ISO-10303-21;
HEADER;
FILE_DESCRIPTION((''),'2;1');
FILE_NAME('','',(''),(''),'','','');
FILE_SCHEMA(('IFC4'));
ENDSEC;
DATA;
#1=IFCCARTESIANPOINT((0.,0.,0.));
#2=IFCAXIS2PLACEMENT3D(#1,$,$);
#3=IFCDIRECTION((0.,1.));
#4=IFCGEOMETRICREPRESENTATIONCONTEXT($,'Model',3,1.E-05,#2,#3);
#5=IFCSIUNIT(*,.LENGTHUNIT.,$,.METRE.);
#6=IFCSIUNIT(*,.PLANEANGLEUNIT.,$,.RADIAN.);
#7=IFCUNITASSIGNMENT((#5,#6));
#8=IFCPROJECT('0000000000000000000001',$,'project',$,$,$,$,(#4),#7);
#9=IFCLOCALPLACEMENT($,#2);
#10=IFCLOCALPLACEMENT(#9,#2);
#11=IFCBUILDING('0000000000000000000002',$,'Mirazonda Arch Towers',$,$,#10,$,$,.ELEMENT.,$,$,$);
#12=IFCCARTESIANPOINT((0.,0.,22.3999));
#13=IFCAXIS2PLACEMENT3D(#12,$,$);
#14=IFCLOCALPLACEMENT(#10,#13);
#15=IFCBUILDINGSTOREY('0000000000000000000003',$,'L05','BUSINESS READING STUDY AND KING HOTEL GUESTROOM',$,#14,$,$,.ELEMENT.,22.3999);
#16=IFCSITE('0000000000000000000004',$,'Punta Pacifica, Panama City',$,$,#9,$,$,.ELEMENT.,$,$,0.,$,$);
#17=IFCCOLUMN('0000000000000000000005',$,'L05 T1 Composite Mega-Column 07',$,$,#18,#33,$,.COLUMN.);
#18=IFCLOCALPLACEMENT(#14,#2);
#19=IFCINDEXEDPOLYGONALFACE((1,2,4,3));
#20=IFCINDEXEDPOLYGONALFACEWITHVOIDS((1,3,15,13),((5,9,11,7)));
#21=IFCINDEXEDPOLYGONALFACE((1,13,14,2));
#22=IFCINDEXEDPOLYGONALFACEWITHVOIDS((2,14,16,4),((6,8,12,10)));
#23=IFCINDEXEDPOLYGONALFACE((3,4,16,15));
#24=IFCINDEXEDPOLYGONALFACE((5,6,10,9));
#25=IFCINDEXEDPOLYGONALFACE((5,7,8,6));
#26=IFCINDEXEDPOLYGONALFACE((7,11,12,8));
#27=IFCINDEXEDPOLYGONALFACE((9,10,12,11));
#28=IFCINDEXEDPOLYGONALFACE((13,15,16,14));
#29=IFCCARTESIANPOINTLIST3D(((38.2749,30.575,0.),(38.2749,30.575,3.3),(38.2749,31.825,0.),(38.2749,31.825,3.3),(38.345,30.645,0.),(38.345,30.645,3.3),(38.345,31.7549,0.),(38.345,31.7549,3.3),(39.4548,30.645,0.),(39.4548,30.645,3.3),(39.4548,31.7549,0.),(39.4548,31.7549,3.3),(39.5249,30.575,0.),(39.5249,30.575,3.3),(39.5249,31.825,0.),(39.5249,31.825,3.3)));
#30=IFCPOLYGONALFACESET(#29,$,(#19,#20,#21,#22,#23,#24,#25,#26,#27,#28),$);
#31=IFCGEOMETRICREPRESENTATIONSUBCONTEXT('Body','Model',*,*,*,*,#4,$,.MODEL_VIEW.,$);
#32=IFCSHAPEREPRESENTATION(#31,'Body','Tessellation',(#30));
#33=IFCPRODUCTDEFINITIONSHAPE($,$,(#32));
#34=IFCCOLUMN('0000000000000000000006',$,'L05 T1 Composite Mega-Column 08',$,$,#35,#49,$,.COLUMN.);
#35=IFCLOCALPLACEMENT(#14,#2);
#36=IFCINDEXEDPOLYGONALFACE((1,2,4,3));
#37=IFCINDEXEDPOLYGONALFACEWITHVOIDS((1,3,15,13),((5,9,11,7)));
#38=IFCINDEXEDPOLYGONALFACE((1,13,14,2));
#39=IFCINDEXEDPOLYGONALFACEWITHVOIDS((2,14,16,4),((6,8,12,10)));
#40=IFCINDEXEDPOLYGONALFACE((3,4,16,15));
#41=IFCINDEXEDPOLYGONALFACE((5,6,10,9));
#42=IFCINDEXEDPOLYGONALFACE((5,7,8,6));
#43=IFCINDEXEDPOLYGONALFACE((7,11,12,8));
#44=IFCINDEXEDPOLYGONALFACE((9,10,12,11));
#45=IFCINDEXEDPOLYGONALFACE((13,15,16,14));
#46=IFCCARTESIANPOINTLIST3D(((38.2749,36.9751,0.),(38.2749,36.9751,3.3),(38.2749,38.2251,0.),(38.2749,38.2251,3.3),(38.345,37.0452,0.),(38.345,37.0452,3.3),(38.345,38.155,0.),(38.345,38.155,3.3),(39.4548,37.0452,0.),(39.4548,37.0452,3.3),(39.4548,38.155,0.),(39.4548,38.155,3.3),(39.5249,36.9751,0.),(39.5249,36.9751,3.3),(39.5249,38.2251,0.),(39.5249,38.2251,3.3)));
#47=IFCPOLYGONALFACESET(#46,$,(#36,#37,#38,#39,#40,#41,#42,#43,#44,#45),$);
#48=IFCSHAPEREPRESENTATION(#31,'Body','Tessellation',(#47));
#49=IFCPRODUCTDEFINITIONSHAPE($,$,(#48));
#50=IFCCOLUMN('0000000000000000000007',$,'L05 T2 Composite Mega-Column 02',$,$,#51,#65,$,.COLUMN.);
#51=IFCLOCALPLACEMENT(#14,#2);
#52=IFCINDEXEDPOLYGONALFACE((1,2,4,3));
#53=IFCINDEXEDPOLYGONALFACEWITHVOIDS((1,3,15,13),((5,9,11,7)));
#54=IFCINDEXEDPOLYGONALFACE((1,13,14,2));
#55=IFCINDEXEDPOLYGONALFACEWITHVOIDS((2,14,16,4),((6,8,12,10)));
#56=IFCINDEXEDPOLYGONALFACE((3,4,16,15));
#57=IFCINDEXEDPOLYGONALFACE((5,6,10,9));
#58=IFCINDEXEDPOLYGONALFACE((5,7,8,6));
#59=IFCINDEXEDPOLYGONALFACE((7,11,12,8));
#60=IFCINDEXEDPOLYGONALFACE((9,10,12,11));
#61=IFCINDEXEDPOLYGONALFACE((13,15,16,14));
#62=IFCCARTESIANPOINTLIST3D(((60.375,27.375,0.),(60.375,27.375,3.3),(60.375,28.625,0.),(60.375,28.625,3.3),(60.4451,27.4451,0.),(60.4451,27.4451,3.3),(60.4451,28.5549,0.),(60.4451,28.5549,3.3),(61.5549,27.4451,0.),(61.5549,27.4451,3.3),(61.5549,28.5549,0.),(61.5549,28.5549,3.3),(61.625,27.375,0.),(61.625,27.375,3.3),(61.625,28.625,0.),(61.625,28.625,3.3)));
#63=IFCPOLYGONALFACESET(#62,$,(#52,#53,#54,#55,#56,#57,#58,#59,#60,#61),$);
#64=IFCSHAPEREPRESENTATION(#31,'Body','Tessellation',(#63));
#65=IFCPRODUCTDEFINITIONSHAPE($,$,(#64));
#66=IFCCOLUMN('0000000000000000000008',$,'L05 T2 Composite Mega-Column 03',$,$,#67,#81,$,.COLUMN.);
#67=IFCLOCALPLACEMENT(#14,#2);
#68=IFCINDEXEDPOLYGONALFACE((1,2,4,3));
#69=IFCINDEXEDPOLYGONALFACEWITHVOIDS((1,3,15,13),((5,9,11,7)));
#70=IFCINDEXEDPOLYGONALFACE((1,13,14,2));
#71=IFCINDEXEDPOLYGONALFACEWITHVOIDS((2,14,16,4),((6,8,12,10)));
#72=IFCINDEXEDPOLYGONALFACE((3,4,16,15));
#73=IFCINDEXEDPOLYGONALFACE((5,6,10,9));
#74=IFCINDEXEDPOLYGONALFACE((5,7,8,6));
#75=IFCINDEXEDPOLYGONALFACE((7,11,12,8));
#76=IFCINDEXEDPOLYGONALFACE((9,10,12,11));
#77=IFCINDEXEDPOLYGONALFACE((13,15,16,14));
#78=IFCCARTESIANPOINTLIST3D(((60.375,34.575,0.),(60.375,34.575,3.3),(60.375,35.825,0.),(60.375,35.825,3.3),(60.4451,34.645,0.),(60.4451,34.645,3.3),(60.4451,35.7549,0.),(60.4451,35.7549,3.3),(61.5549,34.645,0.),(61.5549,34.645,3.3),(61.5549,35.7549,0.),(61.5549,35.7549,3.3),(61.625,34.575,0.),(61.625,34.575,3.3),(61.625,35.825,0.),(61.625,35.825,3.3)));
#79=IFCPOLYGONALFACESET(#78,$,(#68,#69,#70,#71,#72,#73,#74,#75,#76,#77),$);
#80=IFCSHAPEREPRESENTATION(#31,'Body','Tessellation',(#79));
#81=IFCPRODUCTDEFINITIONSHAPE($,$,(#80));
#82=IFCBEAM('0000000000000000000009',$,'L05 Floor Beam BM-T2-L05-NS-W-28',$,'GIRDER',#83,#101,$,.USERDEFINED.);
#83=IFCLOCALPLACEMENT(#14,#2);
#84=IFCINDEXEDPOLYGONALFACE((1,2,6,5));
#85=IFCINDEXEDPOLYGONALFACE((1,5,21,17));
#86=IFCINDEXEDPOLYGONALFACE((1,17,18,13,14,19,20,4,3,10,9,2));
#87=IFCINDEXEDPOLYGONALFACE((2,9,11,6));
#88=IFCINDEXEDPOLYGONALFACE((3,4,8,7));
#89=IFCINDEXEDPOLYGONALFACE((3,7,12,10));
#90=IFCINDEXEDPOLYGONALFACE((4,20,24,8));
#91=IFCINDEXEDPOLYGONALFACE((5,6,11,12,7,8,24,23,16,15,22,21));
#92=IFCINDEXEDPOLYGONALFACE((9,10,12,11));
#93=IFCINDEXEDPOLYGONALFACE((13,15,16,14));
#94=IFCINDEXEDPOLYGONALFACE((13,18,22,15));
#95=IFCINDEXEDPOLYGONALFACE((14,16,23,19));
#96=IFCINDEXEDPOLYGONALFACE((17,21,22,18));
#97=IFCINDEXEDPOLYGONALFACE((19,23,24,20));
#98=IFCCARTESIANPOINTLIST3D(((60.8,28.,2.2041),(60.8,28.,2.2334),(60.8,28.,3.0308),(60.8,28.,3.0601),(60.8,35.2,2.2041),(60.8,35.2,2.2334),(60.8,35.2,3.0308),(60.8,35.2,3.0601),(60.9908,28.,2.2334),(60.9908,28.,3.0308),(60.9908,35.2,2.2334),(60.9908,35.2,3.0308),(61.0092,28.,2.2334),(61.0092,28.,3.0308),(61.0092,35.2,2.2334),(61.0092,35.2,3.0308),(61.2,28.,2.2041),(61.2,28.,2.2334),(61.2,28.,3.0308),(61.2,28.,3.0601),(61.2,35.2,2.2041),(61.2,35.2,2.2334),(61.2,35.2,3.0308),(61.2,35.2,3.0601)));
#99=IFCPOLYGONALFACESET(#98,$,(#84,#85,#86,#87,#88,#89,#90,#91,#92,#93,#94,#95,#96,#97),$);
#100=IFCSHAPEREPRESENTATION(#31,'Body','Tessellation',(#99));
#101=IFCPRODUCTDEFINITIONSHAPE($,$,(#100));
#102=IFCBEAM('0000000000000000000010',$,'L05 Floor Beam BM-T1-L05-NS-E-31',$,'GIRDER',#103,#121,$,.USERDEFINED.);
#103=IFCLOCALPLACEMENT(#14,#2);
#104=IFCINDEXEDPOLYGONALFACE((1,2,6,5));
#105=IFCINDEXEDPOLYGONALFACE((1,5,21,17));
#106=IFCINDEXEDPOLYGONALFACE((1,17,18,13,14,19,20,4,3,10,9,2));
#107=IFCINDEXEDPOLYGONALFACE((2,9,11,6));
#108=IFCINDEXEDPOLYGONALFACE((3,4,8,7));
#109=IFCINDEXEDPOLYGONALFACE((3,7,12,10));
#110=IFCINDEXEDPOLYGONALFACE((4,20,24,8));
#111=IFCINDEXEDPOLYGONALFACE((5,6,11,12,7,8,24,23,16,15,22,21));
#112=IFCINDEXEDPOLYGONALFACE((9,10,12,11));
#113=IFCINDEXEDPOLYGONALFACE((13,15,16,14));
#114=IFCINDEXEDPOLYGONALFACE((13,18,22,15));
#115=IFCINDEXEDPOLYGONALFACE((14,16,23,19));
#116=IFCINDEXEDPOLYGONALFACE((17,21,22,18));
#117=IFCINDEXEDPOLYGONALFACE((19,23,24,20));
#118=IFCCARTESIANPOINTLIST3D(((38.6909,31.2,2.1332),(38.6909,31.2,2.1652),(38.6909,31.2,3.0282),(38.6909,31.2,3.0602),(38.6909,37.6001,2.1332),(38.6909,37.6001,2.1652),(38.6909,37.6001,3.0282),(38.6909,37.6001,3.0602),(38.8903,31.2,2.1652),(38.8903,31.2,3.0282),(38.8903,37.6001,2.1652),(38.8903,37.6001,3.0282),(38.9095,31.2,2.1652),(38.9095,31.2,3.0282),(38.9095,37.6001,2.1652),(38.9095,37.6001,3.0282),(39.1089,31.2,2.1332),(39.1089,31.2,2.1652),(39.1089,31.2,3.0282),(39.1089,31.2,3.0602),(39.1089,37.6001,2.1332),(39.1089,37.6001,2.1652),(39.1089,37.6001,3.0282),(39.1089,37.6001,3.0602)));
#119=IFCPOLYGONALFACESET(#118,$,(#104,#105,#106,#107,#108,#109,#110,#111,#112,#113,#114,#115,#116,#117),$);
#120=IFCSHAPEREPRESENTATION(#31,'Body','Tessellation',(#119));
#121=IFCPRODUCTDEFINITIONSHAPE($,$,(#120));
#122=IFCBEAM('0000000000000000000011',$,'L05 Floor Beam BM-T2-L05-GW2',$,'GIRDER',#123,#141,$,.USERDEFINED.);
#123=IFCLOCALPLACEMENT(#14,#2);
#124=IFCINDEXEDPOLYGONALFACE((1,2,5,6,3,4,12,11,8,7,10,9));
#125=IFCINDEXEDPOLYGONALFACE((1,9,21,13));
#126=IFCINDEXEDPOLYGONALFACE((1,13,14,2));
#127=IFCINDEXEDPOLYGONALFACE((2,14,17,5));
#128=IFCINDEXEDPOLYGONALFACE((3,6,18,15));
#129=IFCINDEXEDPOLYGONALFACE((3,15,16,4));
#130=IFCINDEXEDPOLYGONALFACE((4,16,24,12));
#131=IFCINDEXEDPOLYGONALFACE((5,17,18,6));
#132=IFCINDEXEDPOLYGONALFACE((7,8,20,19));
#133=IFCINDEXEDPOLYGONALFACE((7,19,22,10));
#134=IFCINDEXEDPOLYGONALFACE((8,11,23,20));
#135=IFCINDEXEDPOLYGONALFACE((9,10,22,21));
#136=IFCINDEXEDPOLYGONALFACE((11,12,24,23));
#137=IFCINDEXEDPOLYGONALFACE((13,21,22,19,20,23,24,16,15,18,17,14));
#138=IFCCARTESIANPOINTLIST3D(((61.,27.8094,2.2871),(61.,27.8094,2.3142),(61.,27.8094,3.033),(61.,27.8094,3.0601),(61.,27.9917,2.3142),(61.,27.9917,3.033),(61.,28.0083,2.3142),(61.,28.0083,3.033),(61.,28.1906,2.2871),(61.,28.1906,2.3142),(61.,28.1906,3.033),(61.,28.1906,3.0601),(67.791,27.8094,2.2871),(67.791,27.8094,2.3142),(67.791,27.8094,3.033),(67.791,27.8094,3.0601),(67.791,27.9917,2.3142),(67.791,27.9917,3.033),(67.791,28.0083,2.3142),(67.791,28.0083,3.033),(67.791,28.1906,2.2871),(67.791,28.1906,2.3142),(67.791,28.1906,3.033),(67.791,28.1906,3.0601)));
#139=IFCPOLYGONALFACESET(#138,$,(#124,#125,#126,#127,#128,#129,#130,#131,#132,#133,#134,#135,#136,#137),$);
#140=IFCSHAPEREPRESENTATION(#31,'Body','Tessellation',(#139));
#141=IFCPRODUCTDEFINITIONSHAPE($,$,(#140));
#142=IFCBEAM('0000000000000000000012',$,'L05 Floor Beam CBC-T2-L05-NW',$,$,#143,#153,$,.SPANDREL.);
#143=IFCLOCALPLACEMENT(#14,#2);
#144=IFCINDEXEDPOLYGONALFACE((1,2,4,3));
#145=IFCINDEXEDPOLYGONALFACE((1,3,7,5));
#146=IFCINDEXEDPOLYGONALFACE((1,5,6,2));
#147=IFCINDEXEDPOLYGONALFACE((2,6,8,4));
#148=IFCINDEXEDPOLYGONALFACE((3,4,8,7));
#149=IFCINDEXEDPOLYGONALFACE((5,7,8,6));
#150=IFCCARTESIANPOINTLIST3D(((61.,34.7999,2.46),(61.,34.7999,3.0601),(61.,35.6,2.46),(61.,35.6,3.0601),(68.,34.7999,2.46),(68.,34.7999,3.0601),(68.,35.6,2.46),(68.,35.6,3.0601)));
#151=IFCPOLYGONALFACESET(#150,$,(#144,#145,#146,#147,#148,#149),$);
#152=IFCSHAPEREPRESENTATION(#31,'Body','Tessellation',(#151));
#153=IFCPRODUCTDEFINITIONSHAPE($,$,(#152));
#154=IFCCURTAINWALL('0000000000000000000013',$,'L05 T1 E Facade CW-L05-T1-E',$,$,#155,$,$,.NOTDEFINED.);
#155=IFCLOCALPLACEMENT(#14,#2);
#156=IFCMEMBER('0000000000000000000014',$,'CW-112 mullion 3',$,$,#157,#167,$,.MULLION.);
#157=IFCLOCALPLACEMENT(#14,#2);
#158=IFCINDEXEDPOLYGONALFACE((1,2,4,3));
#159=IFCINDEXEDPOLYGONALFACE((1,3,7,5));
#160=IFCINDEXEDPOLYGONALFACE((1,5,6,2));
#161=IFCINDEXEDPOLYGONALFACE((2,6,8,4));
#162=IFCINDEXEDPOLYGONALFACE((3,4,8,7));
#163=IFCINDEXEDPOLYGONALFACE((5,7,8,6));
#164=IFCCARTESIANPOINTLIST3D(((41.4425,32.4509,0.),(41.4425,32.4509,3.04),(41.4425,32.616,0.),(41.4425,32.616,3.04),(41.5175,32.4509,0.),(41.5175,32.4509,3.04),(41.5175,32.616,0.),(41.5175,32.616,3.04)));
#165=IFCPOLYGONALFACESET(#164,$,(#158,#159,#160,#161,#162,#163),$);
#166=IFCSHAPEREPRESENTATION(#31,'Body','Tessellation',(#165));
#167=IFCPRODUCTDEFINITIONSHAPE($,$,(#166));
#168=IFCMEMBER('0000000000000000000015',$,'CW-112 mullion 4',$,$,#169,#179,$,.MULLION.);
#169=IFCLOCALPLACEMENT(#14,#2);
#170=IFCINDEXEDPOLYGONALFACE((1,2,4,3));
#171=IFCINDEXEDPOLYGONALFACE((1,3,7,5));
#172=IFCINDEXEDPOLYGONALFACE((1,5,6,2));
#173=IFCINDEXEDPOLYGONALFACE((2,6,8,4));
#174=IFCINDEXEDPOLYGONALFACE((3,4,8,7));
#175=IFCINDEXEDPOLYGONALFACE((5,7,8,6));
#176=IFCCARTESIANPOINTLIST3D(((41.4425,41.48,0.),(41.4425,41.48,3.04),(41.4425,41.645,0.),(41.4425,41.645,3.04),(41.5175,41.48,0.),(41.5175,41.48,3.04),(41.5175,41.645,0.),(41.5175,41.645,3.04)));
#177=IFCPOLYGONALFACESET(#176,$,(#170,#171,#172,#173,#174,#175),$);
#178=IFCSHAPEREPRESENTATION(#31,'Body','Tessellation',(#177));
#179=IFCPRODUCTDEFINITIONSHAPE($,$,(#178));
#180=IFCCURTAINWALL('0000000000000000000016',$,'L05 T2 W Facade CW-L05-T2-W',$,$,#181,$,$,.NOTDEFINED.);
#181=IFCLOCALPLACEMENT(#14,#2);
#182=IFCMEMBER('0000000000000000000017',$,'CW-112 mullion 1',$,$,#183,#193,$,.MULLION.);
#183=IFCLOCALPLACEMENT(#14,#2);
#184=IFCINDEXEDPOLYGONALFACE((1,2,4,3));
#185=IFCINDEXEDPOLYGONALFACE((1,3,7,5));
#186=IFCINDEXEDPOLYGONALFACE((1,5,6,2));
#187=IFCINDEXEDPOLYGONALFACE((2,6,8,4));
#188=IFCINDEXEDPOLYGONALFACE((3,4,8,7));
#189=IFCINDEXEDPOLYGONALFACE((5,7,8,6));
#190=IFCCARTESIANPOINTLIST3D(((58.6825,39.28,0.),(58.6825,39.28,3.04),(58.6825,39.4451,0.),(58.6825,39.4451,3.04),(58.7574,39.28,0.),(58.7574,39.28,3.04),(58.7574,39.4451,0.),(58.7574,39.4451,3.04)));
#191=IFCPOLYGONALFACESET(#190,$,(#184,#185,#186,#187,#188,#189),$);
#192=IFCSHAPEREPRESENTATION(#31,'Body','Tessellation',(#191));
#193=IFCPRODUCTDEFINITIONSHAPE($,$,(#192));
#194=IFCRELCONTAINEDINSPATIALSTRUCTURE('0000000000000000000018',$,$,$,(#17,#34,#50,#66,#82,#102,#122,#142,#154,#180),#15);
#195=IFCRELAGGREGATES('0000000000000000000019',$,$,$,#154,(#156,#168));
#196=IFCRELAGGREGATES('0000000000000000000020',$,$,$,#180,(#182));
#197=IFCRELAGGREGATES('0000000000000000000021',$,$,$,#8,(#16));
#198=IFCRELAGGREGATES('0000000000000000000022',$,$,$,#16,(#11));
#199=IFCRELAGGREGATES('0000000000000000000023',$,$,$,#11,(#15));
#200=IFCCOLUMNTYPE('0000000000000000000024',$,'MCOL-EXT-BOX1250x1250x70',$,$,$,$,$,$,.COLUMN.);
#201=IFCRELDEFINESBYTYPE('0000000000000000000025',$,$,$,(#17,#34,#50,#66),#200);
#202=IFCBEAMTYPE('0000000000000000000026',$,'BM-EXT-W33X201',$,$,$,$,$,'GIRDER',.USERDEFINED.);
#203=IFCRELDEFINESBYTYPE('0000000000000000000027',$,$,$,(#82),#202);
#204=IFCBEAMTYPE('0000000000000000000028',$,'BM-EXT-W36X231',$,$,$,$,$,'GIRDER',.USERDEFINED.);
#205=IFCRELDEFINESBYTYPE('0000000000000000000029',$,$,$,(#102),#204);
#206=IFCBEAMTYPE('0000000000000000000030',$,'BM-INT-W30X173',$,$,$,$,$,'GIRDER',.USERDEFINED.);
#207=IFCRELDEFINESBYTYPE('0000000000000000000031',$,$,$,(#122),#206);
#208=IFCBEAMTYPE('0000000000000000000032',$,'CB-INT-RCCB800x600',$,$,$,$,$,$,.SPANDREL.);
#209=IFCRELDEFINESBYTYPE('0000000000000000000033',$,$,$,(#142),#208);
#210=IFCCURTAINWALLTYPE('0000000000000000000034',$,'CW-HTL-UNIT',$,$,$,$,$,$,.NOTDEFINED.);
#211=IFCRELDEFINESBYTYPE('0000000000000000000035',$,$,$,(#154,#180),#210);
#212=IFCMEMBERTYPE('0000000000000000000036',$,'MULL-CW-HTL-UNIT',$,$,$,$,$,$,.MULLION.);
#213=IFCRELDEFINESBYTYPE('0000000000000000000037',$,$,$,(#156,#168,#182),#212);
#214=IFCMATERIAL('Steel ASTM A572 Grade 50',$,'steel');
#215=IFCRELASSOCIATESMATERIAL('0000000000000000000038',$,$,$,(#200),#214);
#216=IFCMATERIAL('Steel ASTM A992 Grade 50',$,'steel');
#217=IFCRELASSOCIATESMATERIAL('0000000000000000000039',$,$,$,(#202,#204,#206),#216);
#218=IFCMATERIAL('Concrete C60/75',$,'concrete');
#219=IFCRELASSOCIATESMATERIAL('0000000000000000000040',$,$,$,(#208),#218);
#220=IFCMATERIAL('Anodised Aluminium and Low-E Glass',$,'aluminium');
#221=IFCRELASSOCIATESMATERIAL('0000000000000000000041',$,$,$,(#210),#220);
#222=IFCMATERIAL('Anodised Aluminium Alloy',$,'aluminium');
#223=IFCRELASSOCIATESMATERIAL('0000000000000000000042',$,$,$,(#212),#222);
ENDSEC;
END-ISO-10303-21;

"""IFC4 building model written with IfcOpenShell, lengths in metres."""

from ifc_helpers import new_model, si_unit, direction, frame, origin, origin_2d, place, context, subcontext, project, spatial, rectangle, hollow_rectangle, i_section, extrude, material, material_profile, profile_set, type_object, element, aggregate, save


model = new_model("IFC4")

# Units and contexts
model_context = context("Model", 3, precision=1e-05, world=origin(), true_north=direction((0.0, 1.0)))
body_context = subcontext(model_context, "Body", "Model", "MODEL_VIEW")
ifc_project = project(units=[si_unit("LENGTHUNIT", "METRE"), si_unit("PLANEANGLEUNIT", "RADIAN")], contexts=[model_context])

# Site, building, storey
site_placement = place(None, origin())
site = spatial("IfcSite", under=ifc_project, at=site_placement, Name="Punta Pacifica, Panama City", CompositionType="ELEMENT", RefElevation=0.0)
building_placement = place(site_placement, origin())
building = spatial("IfcBuilding", under=site, at=building_placement, Name="Mirazonda Arch Towers", CompositionType="ELEMENT")
storey_placement = place(building_placement, frame((0.0, 0.0, 22.3999)))
storey = spatial("IfcBuildingStorey", under=building, at=storey_placement, Name="L05", Description="BUSINESS READING STUDY AND KING HOTEL GUESTROOM", CompositionType="ELEMENT", Elevation=22.3999)

# Columns
ifc_material_1 = material(Name="Steel ASTM A572 Grade 50", Category="steel")
ifc_material_profile_1 = material_profile(ifc_material_1, hollow_rectangle(XDim=1.25, YDim=1.25, WallThickness=0.0701, at=origin_2d()), Name="BOX1250x1250x70")
ifc_profile_set_1 = profile_set([ifc_material_profile_1], Name="Steel ASTM A572 Grade 50")
column_type = type_object("IfcColumnType", Name="MCOL-EXT-BOX1250x1250x70", PredefinedType="COLUMN", material=ifc_profile_set_1)
for number, where, z_axis, x_axis, name in (
    (1, (38.8999, 31.2, 0.0), (0.0, 0.0, 1.0), (1.0, 0.0, 0.0), "L05 T1 Composite Mega-Column 07"),
    (2, (38.8999, 37.6001, 0.0), (0.0, 0.0, 1.0), (1.0, 0.0, 0.0), "L05 T1 Composite Mega-Column 08"),
    (3, (61.0, 28.0, 0.0), (0.0, 0.0, 1.0), (1.0, 0.0, 0.0), "L05 T2 Composite Mega-Column 02"),
    (4, (61.0, 35.2, 0.0), (0.0, 0.0, 1.0), (1.0, 0.0, 0.0), "L05 T2 Composite Mega-Column 03"),
):
    element("IfcColumn", number, at=place(storey_placement, frame(where, z_axis=z_axis, x_axis=x_axis)), inside=storey, type_object=column_type, Name=name, PredefinedType="COLUMN", context=body_context, shape_type="SweptSolid", body=[
        extrude(hollow_rectangle(XDim=1.25, YDim=1.25, WallThickness=0.0701, at=origin_2d()), origin(), (0.0, 0.0, 1.0), 3.3),
    ])

# Beams
ifc_material_2 = material(Name="Steel ASTM A992 Grade 50", Category="steel")
ifc_material_profile_2 = material_profile(ifc_material_2, i_section(OverallWidth=0.3999, OverallDepth=0.856, WebThickness=0.0183, FlangeThickness=0.0293, at=origin_2d()), Name="W33X201")
ifc_profile_set_2 = profile_set([ifc_material_profile_2], Name="Steel ASTM A992 Grade 50")
beam_type_1 = type_object("IfcBeamType", Name="BM-EXT-W33X201", ElementType="GIRDER", PredefinedType="USERDEFINED", material=ifc_profile_set_2)
beam_1_placement = place(storey_placement, frame((61.0, 28.0, 2.6321), z_axis=(0.0, 1.0, 0.0), x_axis=(-1.0, 0.0, 0.0)))
element("IfcBeam", 5, at=beam_1_placement, inside=storey, type_object=beam_type_1, Name="L05 Floor Beam BM-T2-L05-NS-W-28", ObjectType="GIRDER", PredefinedType="USERDEFINED", context=body_context, shape_type="SweptSolid", body=[
    extrude(i_section(OverallWidth=0.3999, OverallDepth=0.856, WebThickness=0.0183, FlangeThickness=0.0293, at=origin_2d()), origin(), (0.0, 0.0, 1.0), 7.2),
])
ifc_material_profile_3 = material_profile(ifc_material_2, i_section(OverallWidth=0.418, OverallDepth=0.927, WebThickness=0.0193, FlangeThickness=0.032, at=origin_2d()), Name="W36X231")
ifc_profile_set_3 = profile_set([ifc_material_profile_3], Name="Steel ASTM A992 Grade 50")
beam_type_2 = type_object("IfcBeamType", Name="BM-EXT-W36X231", ElementType="GIRDER", PredefinedType="USERDEFINED", material=ifc_profile_set_3)
beam_2_placement = place(storey_placement, frame((38.8999, 31.2, 2.5967), z_axis=(0.0, 1.0, 0.0), x_axis=(-1.0, 0.0, 0.0)))
element("IfcBeam", 6, at=beam_2_placement, inside=storey, type_object=beam_type_2, Name="L05 Floor Beam BM-T1-L05-NS-E-31", ObjectType="GIRDER", PredefinedType="USERDEFINED", context=body_context, shape_type="SweptSolid", body=[
    extrude(i_section(OverallWidth=0.418, OverallDepth=0.927, WebThickness=0.0193, FlangeThickness=0.032, at=origin_2d()), origin(), (0.0, 0.0, 1.0), 6.4001),
])
ifc_material_profile_4 = material_profile(ifc_material_2, i_section(OverallWidth=0.3811, OverallDepth=0.7729, WebThickness=0.0166, FlangeThickness=0.0271, at=origin_2d()), Name="W30X173")
ifc_profile_set_4 = profile_set([ifc_material_profile_4], Name="Steel ASTM A992 Grade 50")
beam_type_3 = type_object("IfcBeamType", Name="BM-INT-W30X173", ElementType="GIRDER", PredefinedType="USERDEFINED", material=ifc_profile_set_4)
beam_3_placement = place(storey_placement, frame((61.0, 28.0, 2.6736), z_axis=(1.0, 0.0, 0.0), x_axis=(0.0, 1.0, 0.0)))
element("IfcBeam", 7, at=beam_3_placement, inside=storey, type_object=beam_type_3, Name="L05 Floor Beam BM-T2-L05-GW2", ObjectType="GIRDER", PredefinedType="USERDEFINED", context=body_context, shape_type="SweptSolid", body=[
    extrude(i_section(OverallWidth=0.3811, OverallDepth=0.7729, WebThickness=0.0166, FlangeThickness=0.0271, at=origin_2d()), origin(), (0.0, 0.0, 1.0), 6.791),
])
ifc_material_3 = material(Name="Concrete C60/75", Category="concrete")
ifc_material_profile_5 = material_profile(ifc_material_3, rectangle(XDim=0.8, YDim=0.6001, at=origin_2d()), Name="RCCB800x600")
ifc_profile_set_5 = profile_set([ifc_material_profile_5], Name="Concrete C60/75")
beam_type_4 = type_object("IfcBeamType", Name="CB-INT-RCCB800x600", PredefinedType="SPANDREL", material=ifc_profile_set_5)
beam_4_placement = place(storey_placement, frame((61.0, 35.2, 2.76), z_axis=(1.0, 0.0, 0.0), x_axis=(0.0, 1.0, 0.0)))
element("IfcBeam", 8, at=beam_4_placement, inside=storey, type_object=beam_type_4, Name="L05 Floor Beam CBC-T2-L05-NW", PredefinedType="SPANDREL", context=body_context, shape_type="SweptSolid", body=[
    extrude(rectangle(XDim=0.8, YDim=0.6001, at=origin_2d()), origin(), (0.0, 0.0, 1.0), 7.0),
])

# Curtain walls, members
ifc_material_4 = material(Name="Anodised Aluminium and Low-E Glass", Category="aluminium")
curtain_wall_type = type_object("IfcCurtainWallType", Name="CW-HTL-UNIT", PredefinedType="NOTDEFINED", material=ifc_material_4)
curtain_wall_1_placement = place(storey_placement, origin())
curtain_wall_1 = element("IfcCurtainWall", 9, at=curtain_wall_1_placement, inside=storey, type_object=curtain_wall_type, Name="L05 T1 E Facade CW-L05-T1-E", PredefinedType="NOTDEFINED")
ifc_material_5 = material(Name="Anodised Aluminium Alloy", Category="aluminium")
ifc_material_profile_6 = material_profile(ifc_material_5, rectangle(XDim=0.075, YDim=0.165, at=origin_2d()), Name="ALU-MULL-75x165")
ifc_profile_set_6 = profile_set([ifc_material_profile_6], Name="Anodised Aluminium Alloy")
member_type_1 = type_object("IfcMemberType", Name="MULL-CW-HTL-UNIT", PredefinedType="MULLION", material=ifc_profile_set_6)
member_1_placement = place(storey_placement, frame((41.48, 32.5334, 0.0), z_axis=(0.0, 0.0, 1.0), x_axis=(-1.0, 0.0, 0.0)))
member_1 = element("IfcMember", 10, at=member_1_placement, type_object=member_type_1, Name="CW-112 mullion 3", PredefinedType="MULLION", context=body_context, shape_type="SweptSolid", body=[
    extrude(rectangle(XDim=0.075, YDim=0.165, at=origin_2d()), origin(), (0.0, 0.0, 1.0), 3.04),
])
member_2_placement = place(storey_placement, frame((41.48, 41.5625, 0.0), z_axis=(0.0, 0.0, 1.0), x_axis=(-1.0, 0.0, 0.0)))
member_2 = element("IfcMember", 11, at=member_2_placement, type_object=member_type_1, Name="CW-112 mullion 4", PredefinedType="MULLION", context=body_context, shape_type="SweptSolid", body=[
    extrude(rectangle(XDim=0.075, YDim=0.165, at=origin_2d()), origin(), (0.0, 0.0, 1.0), 3.04),
])
curtain_wall_2_placement = place(storey_placement, origin())
curtain_wall_2 = element("IfcCurtainWall", 12, at=curtain_wall_2_placement, inside=storey, type_object=curtain_wall_type, Name="L05 T2 W Facade CW-L05-T2-W", PredefinedType="NOTDEFINED")
member_3_placement = place(storey_placement, frame((58.72, 39.3625, 0.0), z_axis=(0.0, 0.0, 1.0), x_axis=(1.0, 0.0, 0.0)))
member_3 = element("IfcMember", 13, at=member_3_placement, type_object=member_type_1, Name="CW-112 mullion 1", PredefinedType="MULLION", context=body_context, shape_type="SweptSolid", body=[
    extrude(rectangle(XDim=0.075, YDim=0.165, at=origin_2d()), origin(), (0.0, 0.0, 1.0), 3.04),
])

aggregate(curtain_wall_1, [member_1, member_2])
aggregate(curtain_wall_2, [member_3])

save(model, "model.ifc")
